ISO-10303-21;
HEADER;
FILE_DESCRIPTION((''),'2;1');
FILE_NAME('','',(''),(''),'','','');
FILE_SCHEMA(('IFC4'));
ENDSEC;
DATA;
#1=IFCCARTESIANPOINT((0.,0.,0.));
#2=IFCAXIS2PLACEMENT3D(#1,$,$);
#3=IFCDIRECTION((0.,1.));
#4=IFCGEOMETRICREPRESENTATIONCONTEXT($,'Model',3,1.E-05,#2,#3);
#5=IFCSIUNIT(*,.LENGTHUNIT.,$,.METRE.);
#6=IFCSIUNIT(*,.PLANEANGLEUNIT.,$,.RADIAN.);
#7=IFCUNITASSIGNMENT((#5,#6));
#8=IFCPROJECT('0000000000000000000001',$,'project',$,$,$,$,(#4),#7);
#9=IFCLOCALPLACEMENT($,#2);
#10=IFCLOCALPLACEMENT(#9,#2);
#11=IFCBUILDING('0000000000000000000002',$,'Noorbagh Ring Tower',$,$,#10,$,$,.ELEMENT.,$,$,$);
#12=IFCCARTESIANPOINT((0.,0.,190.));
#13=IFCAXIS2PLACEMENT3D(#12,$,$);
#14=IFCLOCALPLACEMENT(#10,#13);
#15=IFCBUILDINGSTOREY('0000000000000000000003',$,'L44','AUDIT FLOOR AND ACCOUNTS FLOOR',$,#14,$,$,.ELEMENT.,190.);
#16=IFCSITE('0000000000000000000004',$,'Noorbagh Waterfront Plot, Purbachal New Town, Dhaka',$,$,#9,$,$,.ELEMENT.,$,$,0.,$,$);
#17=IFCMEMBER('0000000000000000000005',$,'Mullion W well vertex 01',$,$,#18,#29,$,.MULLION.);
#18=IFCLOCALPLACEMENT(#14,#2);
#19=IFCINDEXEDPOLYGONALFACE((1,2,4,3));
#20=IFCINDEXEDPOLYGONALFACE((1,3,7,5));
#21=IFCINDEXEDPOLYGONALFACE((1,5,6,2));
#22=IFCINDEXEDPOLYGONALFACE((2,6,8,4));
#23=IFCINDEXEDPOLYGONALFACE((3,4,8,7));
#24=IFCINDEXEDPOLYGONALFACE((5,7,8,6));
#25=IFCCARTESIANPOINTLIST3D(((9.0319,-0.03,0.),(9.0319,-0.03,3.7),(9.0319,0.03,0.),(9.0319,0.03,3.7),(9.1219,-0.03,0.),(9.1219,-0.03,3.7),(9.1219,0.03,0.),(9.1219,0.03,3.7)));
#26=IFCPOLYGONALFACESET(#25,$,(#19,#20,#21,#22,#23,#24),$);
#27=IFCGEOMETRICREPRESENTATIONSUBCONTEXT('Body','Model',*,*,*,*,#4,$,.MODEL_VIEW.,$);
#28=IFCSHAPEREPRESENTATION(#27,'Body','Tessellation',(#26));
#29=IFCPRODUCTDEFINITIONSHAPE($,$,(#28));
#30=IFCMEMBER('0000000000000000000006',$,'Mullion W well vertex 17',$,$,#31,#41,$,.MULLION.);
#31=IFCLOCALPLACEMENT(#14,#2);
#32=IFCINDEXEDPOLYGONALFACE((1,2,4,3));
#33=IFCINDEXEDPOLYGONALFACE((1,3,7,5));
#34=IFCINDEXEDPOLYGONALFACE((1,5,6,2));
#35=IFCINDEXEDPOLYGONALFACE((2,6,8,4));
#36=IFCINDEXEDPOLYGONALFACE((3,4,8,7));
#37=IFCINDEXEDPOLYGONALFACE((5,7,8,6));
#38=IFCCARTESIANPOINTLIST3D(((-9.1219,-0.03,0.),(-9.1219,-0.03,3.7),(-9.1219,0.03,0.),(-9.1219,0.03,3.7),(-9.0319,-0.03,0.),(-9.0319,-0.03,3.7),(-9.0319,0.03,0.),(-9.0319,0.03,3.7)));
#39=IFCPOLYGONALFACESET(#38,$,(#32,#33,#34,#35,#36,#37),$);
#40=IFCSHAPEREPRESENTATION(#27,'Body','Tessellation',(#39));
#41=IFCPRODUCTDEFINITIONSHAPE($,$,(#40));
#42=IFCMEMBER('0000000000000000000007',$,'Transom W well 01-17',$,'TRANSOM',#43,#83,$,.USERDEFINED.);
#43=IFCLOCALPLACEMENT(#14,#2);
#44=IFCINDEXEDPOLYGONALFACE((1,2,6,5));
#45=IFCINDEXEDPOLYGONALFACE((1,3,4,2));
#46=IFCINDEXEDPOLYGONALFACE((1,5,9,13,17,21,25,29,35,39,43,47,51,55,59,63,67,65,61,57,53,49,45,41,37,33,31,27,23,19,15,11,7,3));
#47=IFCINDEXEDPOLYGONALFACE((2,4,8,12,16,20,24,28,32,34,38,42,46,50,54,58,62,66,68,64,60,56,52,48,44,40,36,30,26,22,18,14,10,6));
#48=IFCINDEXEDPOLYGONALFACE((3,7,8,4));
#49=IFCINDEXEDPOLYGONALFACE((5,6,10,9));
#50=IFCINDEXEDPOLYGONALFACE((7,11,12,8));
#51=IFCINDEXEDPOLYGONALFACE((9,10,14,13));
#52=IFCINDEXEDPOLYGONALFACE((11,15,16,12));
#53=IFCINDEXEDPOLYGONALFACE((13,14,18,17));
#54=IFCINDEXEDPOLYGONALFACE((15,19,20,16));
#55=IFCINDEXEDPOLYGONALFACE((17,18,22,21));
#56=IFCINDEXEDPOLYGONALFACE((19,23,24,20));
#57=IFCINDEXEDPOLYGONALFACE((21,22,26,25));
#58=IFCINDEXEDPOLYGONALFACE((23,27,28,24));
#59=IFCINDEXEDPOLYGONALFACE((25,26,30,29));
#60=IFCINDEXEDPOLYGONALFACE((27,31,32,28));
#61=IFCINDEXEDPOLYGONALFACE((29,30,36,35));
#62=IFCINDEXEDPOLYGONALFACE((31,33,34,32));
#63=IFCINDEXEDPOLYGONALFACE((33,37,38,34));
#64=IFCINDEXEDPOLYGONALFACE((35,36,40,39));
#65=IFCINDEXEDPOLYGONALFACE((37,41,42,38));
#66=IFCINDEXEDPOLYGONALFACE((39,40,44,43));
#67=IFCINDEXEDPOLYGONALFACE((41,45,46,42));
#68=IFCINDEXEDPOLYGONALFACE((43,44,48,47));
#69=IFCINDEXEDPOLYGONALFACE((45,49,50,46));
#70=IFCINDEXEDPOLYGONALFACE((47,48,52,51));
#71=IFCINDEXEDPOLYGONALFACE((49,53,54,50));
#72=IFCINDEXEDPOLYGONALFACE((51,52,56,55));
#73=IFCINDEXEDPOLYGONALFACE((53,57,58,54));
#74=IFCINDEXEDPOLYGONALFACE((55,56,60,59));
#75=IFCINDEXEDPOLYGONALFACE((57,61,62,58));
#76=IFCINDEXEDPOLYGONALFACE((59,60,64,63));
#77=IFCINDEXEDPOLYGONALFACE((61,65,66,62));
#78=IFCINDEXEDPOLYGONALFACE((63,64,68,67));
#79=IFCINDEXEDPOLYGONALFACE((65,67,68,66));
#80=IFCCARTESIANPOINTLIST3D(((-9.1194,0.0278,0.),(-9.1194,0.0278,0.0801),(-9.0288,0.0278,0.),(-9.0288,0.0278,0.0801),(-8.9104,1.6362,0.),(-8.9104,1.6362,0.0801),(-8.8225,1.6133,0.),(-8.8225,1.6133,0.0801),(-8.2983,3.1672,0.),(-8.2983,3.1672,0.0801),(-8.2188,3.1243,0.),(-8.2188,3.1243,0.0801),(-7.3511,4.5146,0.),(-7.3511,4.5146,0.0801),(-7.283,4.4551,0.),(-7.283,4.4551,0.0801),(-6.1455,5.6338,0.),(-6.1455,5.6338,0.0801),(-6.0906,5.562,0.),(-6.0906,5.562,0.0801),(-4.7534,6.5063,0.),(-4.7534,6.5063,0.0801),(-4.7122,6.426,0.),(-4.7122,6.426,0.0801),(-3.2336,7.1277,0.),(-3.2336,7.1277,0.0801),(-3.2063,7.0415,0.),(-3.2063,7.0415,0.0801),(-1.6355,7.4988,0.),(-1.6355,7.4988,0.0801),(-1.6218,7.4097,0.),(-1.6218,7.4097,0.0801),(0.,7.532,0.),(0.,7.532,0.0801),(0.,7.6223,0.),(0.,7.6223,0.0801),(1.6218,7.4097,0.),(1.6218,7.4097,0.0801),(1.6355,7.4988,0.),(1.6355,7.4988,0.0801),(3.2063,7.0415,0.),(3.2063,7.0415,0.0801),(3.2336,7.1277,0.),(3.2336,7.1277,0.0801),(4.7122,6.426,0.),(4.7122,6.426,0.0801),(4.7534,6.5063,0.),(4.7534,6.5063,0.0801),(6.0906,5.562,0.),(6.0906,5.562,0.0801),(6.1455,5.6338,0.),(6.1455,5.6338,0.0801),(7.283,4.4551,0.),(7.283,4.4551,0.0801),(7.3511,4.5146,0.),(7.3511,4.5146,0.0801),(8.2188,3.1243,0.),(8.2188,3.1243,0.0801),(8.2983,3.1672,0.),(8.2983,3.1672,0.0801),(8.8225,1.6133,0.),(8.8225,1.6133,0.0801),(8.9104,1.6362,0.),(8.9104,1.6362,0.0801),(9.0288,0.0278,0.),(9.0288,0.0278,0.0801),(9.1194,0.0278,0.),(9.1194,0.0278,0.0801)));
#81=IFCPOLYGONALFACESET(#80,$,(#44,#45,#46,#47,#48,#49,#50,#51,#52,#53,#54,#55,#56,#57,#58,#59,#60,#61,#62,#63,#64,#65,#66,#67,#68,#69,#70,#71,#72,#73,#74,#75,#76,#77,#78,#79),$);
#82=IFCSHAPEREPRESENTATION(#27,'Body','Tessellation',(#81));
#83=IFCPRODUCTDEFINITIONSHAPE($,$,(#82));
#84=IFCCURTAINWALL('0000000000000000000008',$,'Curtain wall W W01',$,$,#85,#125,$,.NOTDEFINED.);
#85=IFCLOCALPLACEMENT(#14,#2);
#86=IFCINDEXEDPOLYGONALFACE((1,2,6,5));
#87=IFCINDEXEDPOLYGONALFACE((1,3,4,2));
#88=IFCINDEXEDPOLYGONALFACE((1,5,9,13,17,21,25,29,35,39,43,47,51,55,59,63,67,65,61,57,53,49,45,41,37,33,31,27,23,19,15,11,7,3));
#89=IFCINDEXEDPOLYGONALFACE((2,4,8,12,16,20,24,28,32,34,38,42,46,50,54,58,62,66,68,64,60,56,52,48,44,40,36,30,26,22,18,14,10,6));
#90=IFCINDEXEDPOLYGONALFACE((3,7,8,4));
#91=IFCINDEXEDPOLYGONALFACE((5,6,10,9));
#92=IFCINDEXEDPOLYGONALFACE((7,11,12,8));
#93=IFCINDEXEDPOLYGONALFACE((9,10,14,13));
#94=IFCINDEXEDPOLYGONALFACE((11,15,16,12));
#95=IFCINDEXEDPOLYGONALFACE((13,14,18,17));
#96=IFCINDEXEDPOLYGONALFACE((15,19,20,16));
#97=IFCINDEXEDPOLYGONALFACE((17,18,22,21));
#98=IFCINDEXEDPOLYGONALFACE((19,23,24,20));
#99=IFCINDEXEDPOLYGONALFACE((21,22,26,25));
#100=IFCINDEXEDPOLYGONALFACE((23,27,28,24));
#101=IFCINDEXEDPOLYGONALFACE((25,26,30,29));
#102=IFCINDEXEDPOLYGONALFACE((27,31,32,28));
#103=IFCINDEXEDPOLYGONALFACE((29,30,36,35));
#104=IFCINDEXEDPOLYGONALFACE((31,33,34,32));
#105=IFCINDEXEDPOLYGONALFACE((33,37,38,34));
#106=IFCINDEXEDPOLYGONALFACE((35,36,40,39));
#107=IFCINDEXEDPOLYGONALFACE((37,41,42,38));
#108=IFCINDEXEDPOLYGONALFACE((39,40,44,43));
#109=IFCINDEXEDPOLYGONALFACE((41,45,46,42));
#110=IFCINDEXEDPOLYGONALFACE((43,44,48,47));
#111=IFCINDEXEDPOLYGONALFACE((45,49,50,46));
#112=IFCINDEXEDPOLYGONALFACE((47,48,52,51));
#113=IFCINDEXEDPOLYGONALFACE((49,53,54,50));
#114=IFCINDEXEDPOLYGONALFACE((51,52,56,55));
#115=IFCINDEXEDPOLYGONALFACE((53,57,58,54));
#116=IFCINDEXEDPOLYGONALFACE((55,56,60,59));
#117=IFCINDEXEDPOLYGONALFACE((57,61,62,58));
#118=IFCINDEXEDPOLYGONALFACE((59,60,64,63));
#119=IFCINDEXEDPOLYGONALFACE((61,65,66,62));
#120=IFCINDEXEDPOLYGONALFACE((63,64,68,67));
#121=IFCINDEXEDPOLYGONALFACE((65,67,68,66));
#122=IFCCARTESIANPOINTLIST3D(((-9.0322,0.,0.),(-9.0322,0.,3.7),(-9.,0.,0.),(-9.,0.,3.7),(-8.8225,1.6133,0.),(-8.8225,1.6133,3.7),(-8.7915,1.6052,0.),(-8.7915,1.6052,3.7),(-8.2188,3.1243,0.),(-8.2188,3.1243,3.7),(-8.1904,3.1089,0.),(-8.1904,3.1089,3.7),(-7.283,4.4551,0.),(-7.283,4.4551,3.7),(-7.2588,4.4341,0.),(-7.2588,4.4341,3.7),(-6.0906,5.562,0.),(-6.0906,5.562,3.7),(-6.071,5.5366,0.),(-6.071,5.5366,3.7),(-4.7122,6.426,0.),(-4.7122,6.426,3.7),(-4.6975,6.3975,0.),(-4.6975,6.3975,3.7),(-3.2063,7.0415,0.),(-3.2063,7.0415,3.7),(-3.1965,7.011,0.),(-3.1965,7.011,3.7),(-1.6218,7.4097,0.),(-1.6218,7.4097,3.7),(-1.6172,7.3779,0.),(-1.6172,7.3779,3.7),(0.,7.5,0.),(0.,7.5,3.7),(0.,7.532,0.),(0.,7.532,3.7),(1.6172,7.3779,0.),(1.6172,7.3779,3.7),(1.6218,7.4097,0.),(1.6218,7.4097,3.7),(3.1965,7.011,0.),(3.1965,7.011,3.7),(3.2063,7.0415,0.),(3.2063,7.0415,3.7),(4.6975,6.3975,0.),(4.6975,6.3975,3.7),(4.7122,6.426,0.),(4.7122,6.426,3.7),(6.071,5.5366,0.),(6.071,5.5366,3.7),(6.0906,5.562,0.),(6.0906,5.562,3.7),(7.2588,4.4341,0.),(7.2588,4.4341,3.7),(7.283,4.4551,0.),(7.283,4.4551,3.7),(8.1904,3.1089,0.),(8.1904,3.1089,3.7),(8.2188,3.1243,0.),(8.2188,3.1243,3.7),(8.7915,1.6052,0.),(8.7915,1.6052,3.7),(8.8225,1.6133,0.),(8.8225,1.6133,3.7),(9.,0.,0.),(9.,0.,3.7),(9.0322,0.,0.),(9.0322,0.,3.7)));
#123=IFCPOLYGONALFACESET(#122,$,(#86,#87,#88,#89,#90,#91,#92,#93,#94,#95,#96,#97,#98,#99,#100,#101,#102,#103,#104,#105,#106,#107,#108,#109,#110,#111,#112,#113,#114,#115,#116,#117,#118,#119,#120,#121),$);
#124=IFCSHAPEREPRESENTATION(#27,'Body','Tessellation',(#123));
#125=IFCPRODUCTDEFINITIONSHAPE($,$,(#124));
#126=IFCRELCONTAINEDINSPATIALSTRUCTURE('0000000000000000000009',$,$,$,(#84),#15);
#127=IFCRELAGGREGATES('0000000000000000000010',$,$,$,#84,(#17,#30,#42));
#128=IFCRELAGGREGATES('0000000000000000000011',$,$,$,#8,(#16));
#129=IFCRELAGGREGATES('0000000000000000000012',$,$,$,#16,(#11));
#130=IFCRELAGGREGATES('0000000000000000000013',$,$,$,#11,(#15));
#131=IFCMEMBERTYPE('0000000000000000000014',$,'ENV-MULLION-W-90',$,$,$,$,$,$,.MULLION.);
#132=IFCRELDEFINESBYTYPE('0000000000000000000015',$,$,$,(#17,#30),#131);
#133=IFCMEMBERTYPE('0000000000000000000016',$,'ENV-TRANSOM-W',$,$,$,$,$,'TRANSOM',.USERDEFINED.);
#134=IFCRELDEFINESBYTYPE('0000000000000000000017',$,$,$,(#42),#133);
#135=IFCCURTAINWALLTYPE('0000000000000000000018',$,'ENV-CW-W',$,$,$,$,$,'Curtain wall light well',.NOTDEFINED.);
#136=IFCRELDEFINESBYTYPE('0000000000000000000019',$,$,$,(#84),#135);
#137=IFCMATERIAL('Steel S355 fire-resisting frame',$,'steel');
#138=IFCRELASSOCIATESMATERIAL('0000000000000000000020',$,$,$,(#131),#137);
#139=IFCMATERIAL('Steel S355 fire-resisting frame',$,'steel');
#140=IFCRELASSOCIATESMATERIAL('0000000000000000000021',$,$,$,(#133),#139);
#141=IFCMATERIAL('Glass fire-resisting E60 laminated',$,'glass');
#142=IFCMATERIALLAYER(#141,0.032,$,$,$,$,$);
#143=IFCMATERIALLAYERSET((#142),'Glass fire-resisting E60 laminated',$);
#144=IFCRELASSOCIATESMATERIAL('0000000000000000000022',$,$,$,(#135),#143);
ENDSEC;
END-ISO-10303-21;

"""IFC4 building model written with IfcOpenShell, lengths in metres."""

from ifc_helpers import new_model, si_unit, direction, frame, origin, origin_2d, place, context, subcontext, project, spatial, polyline, rectangle, outline, extrude, material, layer, layer_set, material_profile, profile_set, type_object, element, aggregate, save


model = new_model("IFC4")

# Units and contexts
model_context = context("Model", 3, precision=1e-05, world=origin(), true_north=direction((0.0, 1.0)))
body_context = subcontext(model_context, "Body", "Model", "MODEL_VIEW")
ifc_project = project(units=[si_unit("LENGTHUNIT", "METRE"), si_unit("PLANEANGLEUNIT", "RADIAN")], contexts=[model_context])

# Members
site_placement = place(None, origin())
building_placement = place(site_placement, origin())
storey_placement = place(building_placement, frame((0.0, 0.0, 190.0)))
ifc_material_1 = material(Name="Steel S355 fire-resisting frame", Category="steel")
ifc_material_profile_1 = material_profile(ifc_material_1, rectangle(XDim=0.0901, YDim=0.0601, at=origin_2d()), Name="90x60")
ifc_profile_set_1 = profile_set([ifc_material_profile_1], Name="Steel S355 fire-resisting frame")
member_type_1 = type_object("IfcMemberType", Name="ENV-MULLION-W-90", PredefinedType="MULLION", material=ifc_profile_set_1)
member_1_placement = place(storey_placement, frame((9.0769, 0.0, 0.0), z_axis=(0.0, 0.0, 1.0), x_axis=(1.0, 0.0, 0.0)))
member_1 = element("IfcMember", 1, at=member_1_placement, type_object=member_type_1, Name="Mullion W well vertex 01", PredefinedType="MULLION", context=body_context, shape_type="SweptSolid", body=[
    extrude(rectangle(XDim=0.0901, YDim=0.0601, at=origin_2d()), origin(), (0.0, 0.0, 1.0), 3.7),
])
member_2_placement = place(storey_placement, frame((-9.0769, 0.0, 0.0), z_axis=(0.0, 0.0, 1.0), x_axis=(-1.0, 0.0, 0.0)))
member_2 = element("IfcMember", 2, at=member_2_placement, type_object=member_type_1, Name="Mullion W well vertex 17", PredefinedType="MULLION", context=body_context, shape_type="SweptSolid", body=[
    extrude(rectangle(XDim=0.0901, YDim=0.0601, at=origin_2d()), origin(), (0.0, 0.0, 1.0), 3.7),
])
ifc_material_2 = material(Name="Steel S355 fire-resisting frame", Category="steel")
member_type_2 = type_object("IfcMemberType", Name="ENV-TRANSOM-W", ElementType="TRANSOM", PredefinedType="USERDEFINED", material=ifc_material_2)
member_3_placement = place(storey_placement, origin())
member_3 = element("IfcMember", 3, at=member_3_placement, type_object=member_type_2, Name="Transom W well 01-17", ObjectType="TRANSOM", PredefinedType="USERDEFINED", context=body_context, shape_type="SweptSolid", body=[
    extrude(outline(polyline([(9.1194, 0.0278), (8.9104, 1.6362), (8.2983, 3.1672), (7.3511, 4.5146), (6.1455, 5.6338), (4.7534, 6.5063), (3.2336, 7.1277), (1.6355, 7.4988), (0.0, 7.6223), (-1.6355, 7.4988), (-3.2336, 7.1277), (-4.7534, 6.5063), (-6.1455, 5.6338), (-7.3511, 4.5146), (-8.2983, 3.1672), (-8.9104, 1.6362), (-9.1194, 0.0278), (-9.0288, 0.0278), (-8.8225, 1.6133), (-8.2188, 3.1243), (-7.283, 4.4551), (-6.0906, 5.562), (-4.7122, 6.426), (-3.2063, 7.0415), (-1.6218, 7.4097), (0.0, 7.532), (1.6218, 7.4097), (3.2063, 7.0415), (4.7122, 6.426), (6.0906, 5.562), (7.283, 4.4551), (8.2188, 3.1243), (8.8225, 1.6133), (9.0288, 0.0278), (9.1194, 0.0278)])), origin(), (0.0, 0.0, 1.0), 0.0801),
])

# Site, building, storey
site = spatial("IfcSite", under=ifc_project, at=site_placement, Name="Noorbagh Waterfront Plot, Purbachal New Town, Dhaka", CompositionType="ELEMENT", RefElevation=0.0)
building = spatial("IfcBuilding", under=site, at=building_placement, Name="Noorbagh Ring Tower", CompositionType="ELEMENT")
storey = spatial("IfcBuildingStorey", under=building, at=storey_placement, Name="L44", Description="AUDIT FLOOR AND ACCOUNTS FLOOR", CompositionType="ELEMENT", Elevation=190.0)

# Curtain wall
ifc_material_3 = material(Name="Glass fire-resisting E60 laminated", Category="glass")
ifc_layer_1 = layer(ifc_material_3, 0.032)
ifc_layer_set_1 = layer_set([ifc_layer_1], Name="Glass fire-resisting E60 laminated")
curtain_wall_type_1 = type_object("IfcCurtainWallType", Name="ENV-CW-W", ElementType="Curtain wall light well", PredefinedType="NOTDEFINED", material=ifc_layer_set_1)
curtain_wall_1_placement = place(storey_placement, origin())
curtain_wall_1 = element("IfcCurtainWall", 4, at=curtain_wall_1_placement, inside=storey, type_object=curtain_wall_type_1, Name="Curtain wall W W01", PredefinedType="NOTDEFINED", context=body_context, shape_type="SweptSolid", body=[
    extrude(outline(polyline([(9.0322, 0.0), (8.8225, 1.6133), (8.2188, 3.1243), (7.283, 4.4551), (6.0906, 5.562), (4.7122, 6.426), (3.2063, 7.0415), (1.6218, 7.4097), (0.0, 7.532), (-1.6218, 7.4097), (-3.2063, 7.0415), (-4.7122, 6.426), (-6.0906, 5.562), (-7.283, 4.4551), (-8.2188, 3.1243), (-8.8225, 1.6133), (-9.0322, 0.0), (-9.0, 0.0), (-8.7915, 1.6052), (-8.1904, 3.1089), (-7.2588, 4.4341), (-6.071, 5.5366), (-4.6975, 6.3975), (-3.1965, 7.011), (-1.6172, 7.3779), (0.0, 7.5), (1.6172, 7.3779), (3.1965, 7.011), (4.6975, 6.3975), (6.071, 5.5366), (7.2588, 4.4341), (8.1904, 3.1089), (8.7915, 1.6052), (9.0, 0.0), (9.0322, 0.0)])), origin(), (0.0, 0.0, 1.0), 3.7),
])
aggregate(curtain_wall_1, [member_1, member_2, member_3])

save(model, "model.ifc")
